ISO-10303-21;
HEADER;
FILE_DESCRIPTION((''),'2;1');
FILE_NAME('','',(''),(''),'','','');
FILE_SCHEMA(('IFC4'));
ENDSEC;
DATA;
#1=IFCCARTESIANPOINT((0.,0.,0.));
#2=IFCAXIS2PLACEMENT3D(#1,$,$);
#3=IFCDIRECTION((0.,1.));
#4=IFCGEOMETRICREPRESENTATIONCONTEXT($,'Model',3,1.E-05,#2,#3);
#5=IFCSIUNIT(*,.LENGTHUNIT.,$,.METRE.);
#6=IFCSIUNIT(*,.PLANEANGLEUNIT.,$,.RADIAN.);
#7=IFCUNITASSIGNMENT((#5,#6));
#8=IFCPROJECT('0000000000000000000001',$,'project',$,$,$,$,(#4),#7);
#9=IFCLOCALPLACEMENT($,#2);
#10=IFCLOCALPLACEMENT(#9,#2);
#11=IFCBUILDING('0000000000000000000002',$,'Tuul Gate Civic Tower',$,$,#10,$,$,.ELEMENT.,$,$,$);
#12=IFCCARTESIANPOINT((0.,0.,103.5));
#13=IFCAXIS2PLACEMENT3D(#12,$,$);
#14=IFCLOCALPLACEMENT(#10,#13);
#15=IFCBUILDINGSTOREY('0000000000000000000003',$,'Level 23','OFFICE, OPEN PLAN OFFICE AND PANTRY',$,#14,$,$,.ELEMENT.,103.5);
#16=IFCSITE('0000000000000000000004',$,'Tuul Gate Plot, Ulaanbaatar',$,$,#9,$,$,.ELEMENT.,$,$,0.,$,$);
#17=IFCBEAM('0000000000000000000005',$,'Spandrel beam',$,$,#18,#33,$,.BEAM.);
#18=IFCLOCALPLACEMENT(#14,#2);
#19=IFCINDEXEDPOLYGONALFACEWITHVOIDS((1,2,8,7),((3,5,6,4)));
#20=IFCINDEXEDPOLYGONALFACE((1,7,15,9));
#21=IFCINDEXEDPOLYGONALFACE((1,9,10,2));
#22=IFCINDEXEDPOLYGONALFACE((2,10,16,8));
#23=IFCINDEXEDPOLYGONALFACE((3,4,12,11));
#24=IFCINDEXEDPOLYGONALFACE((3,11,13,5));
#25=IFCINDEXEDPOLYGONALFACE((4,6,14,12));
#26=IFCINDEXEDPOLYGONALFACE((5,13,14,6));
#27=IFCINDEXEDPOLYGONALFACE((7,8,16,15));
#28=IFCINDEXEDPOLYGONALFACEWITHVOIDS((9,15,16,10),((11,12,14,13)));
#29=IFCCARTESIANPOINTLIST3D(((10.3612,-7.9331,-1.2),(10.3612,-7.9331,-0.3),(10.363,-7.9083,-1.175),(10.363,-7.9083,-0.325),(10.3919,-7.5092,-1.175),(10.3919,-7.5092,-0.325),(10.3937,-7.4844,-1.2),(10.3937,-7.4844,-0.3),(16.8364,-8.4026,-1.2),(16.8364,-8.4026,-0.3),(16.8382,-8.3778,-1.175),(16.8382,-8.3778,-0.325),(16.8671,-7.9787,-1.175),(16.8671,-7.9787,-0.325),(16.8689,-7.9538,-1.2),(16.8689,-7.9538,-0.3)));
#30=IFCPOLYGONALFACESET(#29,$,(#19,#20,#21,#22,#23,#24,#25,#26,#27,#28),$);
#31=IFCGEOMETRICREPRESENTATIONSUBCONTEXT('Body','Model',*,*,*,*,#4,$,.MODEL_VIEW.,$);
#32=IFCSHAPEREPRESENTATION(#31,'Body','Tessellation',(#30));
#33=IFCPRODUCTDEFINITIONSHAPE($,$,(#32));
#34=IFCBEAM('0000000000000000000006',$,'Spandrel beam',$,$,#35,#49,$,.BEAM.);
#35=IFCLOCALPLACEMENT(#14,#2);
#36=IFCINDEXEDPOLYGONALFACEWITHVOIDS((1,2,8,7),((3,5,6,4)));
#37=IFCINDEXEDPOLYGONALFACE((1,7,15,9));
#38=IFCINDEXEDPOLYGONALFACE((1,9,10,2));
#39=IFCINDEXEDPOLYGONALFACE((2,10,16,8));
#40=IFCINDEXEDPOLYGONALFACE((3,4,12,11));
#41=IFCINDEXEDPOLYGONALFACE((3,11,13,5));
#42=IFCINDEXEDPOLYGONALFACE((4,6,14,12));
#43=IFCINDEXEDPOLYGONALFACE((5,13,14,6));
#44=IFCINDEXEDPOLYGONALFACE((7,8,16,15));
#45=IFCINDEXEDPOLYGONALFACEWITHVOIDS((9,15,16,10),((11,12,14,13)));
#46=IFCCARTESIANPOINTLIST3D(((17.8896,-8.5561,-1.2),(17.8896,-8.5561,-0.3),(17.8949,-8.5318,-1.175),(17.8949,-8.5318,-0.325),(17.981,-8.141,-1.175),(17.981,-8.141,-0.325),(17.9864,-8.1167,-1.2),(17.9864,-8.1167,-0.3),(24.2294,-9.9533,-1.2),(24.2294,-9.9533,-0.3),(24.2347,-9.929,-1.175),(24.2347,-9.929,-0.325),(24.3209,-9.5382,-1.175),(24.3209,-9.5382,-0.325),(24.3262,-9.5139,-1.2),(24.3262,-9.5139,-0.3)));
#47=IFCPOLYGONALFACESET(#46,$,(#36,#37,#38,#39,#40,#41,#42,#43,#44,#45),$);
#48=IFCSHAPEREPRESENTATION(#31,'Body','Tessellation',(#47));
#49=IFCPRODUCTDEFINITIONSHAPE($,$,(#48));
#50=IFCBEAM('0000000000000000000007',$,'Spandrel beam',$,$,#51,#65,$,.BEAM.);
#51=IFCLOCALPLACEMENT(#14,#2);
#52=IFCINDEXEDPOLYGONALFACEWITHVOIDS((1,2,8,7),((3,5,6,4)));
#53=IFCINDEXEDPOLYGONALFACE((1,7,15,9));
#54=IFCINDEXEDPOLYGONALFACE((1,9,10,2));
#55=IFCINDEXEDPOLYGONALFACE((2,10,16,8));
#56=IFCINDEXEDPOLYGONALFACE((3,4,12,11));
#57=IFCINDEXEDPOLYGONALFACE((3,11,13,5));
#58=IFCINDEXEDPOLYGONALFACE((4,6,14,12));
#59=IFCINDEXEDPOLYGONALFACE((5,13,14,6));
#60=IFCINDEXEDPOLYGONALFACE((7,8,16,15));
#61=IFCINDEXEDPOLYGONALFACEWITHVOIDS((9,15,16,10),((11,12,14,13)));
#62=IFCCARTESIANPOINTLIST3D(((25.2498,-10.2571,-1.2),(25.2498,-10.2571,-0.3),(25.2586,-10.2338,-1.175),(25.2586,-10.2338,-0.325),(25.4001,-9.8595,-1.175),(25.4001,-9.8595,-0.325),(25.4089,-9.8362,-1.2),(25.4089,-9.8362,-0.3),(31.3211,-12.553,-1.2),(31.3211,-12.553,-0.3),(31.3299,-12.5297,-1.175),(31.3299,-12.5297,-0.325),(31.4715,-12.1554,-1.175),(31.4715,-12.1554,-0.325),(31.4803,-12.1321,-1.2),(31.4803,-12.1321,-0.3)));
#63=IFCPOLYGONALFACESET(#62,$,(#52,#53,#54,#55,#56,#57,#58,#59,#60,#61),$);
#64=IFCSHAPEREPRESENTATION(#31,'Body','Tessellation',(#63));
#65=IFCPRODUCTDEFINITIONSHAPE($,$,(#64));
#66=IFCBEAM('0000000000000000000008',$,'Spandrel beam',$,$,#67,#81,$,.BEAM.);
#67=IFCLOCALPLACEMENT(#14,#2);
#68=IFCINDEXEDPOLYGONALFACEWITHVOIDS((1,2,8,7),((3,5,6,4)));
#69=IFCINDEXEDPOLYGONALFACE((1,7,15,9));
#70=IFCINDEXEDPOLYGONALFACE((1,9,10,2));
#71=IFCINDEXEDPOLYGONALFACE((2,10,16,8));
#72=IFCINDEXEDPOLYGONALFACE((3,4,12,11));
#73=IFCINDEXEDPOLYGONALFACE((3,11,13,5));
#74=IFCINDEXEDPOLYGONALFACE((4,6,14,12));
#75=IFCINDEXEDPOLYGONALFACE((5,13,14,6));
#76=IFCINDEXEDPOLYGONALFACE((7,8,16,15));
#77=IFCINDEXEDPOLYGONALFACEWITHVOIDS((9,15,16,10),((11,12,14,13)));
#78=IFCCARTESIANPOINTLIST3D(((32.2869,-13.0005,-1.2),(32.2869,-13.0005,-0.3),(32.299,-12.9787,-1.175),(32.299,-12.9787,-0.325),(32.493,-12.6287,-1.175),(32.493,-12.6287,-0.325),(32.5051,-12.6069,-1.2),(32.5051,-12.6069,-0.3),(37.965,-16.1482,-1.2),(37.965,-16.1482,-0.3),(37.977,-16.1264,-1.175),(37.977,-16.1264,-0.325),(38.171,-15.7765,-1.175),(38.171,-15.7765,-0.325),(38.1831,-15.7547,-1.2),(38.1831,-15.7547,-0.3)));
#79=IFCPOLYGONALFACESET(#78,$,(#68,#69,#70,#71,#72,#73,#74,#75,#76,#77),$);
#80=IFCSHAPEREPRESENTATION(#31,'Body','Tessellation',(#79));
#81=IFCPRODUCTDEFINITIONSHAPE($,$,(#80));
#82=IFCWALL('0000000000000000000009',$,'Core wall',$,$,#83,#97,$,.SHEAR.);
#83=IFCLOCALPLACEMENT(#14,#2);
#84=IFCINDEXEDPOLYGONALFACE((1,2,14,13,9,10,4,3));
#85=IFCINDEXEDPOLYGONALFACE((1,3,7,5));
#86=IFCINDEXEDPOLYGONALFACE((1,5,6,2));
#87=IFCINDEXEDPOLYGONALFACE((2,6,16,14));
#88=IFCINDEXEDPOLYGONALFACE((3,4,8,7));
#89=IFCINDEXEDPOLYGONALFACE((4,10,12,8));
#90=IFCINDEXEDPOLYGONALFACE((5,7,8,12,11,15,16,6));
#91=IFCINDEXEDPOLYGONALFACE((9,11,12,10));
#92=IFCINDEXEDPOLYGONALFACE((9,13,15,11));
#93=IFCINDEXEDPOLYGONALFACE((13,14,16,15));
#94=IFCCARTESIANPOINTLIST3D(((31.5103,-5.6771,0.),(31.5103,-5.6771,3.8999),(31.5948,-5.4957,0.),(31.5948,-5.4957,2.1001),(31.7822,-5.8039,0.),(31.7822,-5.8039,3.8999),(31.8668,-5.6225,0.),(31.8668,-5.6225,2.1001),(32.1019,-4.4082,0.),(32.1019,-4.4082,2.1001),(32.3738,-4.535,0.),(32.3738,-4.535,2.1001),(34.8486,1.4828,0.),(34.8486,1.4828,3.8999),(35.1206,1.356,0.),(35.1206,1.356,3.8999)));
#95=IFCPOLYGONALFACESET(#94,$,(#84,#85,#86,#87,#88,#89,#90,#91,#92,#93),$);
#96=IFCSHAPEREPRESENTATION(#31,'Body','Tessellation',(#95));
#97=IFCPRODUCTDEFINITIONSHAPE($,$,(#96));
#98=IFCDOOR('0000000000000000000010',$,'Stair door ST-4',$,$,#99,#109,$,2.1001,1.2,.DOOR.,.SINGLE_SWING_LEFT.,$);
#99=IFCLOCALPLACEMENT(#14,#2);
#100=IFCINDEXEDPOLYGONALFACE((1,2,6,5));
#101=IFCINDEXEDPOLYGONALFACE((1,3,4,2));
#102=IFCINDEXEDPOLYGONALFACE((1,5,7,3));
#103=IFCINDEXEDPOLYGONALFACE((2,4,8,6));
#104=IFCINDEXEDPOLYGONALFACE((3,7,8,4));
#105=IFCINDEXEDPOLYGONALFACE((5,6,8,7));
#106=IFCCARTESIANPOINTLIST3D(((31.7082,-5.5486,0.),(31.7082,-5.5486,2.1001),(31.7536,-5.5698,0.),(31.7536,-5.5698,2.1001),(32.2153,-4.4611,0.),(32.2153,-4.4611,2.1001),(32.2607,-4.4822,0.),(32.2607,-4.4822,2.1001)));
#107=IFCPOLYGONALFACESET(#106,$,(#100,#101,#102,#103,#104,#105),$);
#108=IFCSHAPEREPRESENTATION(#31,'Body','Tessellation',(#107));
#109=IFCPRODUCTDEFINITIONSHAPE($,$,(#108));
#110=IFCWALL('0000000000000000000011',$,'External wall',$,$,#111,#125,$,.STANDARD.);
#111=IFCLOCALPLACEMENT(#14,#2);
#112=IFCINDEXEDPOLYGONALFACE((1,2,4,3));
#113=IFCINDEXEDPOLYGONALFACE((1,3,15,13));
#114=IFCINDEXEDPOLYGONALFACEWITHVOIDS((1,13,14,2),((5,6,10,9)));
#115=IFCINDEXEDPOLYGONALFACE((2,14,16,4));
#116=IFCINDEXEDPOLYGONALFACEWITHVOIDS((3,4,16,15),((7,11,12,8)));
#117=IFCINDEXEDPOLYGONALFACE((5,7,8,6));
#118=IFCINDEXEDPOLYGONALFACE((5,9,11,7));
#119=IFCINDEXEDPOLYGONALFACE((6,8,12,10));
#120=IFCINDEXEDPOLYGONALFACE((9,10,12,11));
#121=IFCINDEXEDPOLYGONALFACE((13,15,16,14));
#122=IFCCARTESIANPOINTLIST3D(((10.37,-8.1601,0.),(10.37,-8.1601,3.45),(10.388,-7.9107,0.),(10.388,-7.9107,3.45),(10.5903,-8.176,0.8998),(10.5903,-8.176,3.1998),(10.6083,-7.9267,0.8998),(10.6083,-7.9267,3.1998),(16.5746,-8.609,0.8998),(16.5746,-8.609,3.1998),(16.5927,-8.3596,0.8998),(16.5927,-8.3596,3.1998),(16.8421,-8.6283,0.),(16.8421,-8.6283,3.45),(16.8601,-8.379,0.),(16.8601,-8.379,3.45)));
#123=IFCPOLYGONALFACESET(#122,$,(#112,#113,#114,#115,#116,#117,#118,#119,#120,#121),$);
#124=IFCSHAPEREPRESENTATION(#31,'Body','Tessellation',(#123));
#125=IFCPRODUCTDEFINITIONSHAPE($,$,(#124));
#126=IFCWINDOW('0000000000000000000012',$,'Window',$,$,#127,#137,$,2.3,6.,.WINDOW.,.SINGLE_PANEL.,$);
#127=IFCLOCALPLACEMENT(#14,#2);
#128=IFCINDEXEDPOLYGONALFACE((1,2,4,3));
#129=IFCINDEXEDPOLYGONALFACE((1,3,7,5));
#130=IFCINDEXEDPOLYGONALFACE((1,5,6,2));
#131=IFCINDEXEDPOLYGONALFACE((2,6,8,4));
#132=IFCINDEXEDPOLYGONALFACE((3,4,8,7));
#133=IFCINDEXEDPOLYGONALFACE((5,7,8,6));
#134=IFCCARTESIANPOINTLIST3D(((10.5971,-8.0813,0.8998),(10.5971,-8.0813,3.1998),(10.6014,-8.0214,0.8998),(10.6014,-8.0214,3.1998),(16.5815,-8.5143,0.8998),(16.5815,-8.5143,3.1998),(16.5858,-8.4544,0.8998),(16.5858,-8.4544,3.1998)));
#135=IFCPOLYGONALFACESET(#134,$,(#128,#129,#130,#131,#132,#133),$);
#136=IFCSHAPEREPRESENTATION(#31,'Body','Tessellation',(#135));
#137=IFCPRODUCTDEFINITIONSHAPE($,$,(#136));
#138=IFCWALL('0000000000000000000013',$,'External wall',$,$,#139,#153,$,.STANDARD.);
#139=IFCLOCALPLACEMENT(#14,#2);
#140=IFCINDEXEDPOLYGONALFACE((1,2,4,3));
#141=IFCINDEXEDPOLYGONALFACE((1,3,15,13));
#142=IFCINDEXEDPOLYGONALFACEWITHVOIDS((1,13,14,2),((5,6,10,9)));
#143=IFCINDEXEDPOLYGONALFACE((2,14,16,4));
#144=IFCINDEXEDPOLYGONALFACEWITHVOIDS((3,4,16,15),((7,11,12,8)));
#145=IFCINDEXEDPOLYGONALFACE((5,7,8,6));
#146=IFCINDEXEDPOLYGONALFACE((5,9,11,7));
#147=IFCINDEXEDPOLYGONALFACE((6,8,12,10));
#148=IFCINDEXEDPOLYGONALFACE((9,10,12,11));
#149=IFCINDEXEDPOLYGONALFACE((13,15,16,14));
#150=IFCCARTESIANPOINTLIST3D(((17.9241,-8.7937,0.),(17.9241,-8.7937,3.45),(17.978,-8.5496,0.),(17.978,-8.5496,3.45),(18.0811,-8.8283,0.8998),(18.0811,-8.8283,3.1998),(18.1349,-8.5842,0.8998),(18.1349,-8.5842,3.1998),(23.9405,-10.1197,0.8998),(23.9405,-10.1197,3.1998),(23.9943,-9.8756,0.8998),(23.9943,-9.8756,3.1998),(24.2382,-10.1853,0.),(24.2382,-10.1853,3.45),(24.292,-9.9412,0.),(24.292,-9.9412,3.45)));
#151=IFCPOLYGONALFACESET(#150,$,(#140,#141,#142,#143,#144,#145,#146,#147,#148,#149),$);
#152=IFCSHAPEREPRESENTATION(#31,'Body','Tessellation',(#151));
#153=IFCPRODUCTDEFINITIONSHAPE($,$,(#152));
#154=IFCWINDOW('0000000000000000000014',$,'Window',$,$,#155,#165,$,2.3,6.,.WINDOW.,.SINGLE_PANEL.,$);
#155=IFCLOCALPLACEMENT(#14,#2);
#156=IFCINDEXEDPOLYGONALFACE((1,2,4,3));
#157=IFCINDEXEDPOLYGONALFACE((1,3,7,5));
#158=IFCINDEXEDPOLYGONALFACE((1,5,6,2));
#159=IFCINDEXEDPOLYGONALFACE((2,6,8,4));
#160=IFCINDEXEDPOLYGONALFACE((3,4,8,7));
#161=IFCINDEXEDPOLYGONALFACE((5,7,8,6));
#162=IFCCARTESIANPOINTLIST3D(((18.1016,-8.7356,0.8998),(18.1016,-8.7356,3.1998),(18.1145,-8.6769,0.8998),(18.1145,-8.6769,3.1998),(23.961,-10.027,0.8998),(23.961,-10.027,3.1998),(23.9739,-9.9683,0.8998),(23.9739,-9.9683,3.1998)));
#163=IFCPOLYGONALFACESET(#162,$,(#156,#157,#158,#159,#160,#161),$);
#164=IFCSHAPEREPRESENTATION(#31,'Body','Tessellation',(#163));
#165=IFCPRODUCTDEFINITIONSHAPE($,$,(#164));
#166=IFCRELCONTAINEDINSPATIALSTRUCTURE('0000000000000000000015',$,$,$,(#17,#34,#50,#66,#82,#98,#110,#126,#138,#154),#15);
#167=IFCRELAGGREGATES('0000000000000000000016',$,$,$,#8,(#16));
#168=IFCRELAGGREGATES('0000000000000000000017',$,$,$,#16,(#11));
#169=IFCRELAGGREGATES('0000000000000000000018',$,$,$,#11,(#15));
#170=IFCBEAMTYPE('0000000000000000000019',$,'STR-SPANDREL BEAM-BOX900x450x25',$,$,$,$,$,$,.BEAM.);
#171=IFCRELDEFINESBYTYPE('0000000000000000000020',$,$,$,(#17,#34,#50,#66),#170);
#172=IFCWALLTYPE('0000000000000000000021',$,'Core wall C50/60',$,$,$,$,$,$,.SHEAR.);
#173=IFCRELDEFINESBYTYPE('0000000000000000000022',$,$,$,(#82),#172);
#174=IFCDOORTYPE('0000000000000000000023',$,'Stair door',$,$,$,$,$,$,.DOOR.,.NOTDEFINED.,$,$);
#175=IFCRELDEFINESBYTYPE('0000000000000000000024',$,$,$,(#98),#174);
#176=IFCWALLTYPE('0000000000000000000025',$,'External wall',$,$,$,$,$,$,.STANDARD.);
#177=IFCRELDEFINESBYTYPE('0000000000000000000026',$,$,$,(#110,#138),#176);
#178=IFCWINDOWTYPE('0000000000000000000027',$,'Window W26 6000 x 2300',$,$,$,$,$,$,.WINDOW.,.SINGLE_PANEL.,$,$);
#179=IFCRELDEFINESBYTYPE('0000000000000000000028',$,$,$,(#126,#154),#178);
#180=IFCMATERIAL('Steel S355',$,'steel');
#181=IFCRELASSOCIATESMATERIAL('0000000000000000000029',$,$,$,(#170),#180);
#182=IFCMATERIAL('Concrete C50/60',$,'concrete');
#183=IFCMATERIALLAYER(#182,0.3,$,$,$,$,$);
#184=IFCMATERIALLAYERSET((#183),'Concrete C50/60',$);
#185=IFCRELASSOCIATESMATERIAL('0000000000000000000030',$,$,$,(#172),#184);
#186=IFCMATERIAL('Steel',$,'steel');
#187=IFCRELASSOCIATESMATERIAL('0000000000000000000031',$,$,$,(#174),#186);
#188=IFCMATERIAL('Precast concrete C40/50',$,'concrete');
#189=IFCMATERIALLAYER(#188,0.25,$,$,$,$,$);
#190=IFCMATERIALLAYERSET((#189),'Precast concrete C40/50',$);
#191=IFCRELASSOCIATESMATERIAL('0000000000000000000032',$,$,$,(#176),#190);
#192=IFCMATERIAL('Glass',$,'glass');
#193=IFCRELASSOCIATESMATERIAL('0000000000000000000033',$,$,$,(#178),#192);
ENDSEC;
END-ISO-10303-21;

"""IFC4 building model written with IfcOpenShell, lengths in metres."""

from ifc_helpers import new_model, si_unit, direction, frame, frame_2d, origin, origin_2d, place, context, subcontext, project, spatial, rectangle, hollow_rectangle, extrude, material, layer, layer_set, material_profile, profile_set, type_object, element, fill, save


model = new_model("IFC4")

# Units and contexts
model_context = context("Model", 3, precision=1e-05, world=origin(), true_north=direction((0.0, 1.0)))
body_context = subcontext(model_context, "Body", "Model", "MODEL_VIEW")
ifc_project = project(units=[si_unit("LENGTHUNIT", "METRE"), si_unit("PLANEANGLEUNIT", "RADIAN")], contexts=[model_context])

# Site, building, storey
site_placement = place(None, origin())
site = spatial("IfcSite", under=ifc_project, at=site_placement, Name="Tuul Gate Plot, Ulaanbaatar", CompositionType="ELEMENT", RefElevation=0.0)
building_placement = place(site_placement, origin())
building = spatial("IfcBuilding", under=site, at=building_placement, Name="Tuul Gate Civic Tower", CompositionType="ELEMENT")
storey_placement = place(building_placement, frame((0.0, 0.0, 103.5)))
storey = spatial("IfcBuildingStorey", under=building, at=storey_placement, Name="Level 23", Description="OFFICE, OPEN PLAN OFFICE AND PANTRY", CompositionType="ELEMENT", Elevation=103.5)

# Beams
ifc_material_1 = material(Name="Steel S355", Category="steel")
ifc_material_profile_1 = material_profile(ifc_material_1, hollow_rectangle(XDim=0.45, YDim=0.8999, WallThickness=0.0249, at=origin_2d()), Name="BOX900x450x25")
ifc_profile_set_1 = profile_set([ifc_material_profile_1], Name="Steel S355")
beam_type_1 = type_object("IfcBeamType", Name="STR-SPANDREL BEAM-BOX900x450x25", PredefinedType="BEAM", material=ifc_profile_set_1)
beam_1_placement = place(storey_placement, frame((10.3774, -7.7087, -0.75), z_axis=(0.997382, -0.072316, 0.0), x_axis=(0.072316, 0.997382, 0.0)))
element("IfcBeam", 1, at=beam_1_placement, inside=storey, type_object=beam_type_1, Name="Spandrel beam", PredefinedType="BEAM", context=body_context, shape_type="SweptSolid", body=[
    extrude(hollow_rectangle(XDim=0.45, YDim=0.8999, WallThickness=0.0249, at=origin_2d()), origin(), (0.0, 0.0, 1.0), 6.4922),
])
beam_2_placement = place(storey_placement, frame((17.938, -8.3364, -0.75), z_axis=(0.976565, -0.215222, 0.0), x_axis=(0.215222, 0.976565, 0.0)))
element("IfcBeam", 2, at=beam_2_placement, inside=storey, type_object=beam_type_1, Name="Spandrel beam", PredefinedType="BEAM", context=body_context, shape_type="SweptSolid", body=[
    extrude(hollow_rectangle(XDim=0.45, YDim=0.8999, WallThickness=0.0249, at=origin_2d()), origin(), (0.0, 0.0, 1.0), 6.4919),
])
beam_3_placement = place(storey_placement, frame((25.3293, -10.0466, -0.75), z_axis=(0.935355, -0.353711, 0.0), x_axis=(0.353711, 0.935355, 0.0)))
element("IfcBeam", 3, at=beam_3_placement, inside=storey, type_object=beam_type_1, Name="Spandrel beam", PredefinedType="BEAM", context=body_context, shape_type="SweptSolid", body=[
    extrude(hollow_rectangle(XDim=0.45, YDim=0.8999, WallThickness=0.0249, at=origin_2d()), origin(), (0.0, 0.0, 1.0), 6.491),
])
beam_4_placement = place(storey_placement, frame((32.396, -12.8037, -0.75), z_axis=(0.874597, -0.484851, 0.0), x_axis=(0.484851, 0.874597, 0.0)))
element("IfcBeam", 4, at=beam_4_placement, inside=storey, type_object=beam_type_1, Name="Spandrel beam", PredefinedType="BEAM", context=body_context, shape_type="SweptSolid", body=[
    extrude(hollow_rectangle(XDim=0.45, YDim=0.8999, WallThickness=0.0249, at=origin_2d()), origin(), (0.0, 0.0, 1.0), 6.4922),
])

# Wall, opening, door
ifc_material_2 = material(Name="Concrete C50/60", Category="concrete")
ifc_layer_1 = layer(ifc_material_2, 0.3)
ifc_layer_set_1 = layer_set([ifc_layer_1], Name="Concrete C50/60")
wall_type_1 = type_object("IfcWallType", Name="Core wall C50/60", PredefinedType="SHEAR", material=ifc_layer_set_1)
wall_1_placement = place(storey_placement, frame((31.6462, -5.7405, 0.0), z_axis=(0.0, 0.0, 1.0), x_axis=(0.422583, 0.906324, 0.0)))
wall_1 = element("IfcWall", 5, at=wall_1_placement, inside=storey, type_object=wall_type_1, Name="Core wall", PredefinedType="SHEAR", context=body_context, shape_type="SweptSolid", body=[
    extrude(rectangle(XDim=7.8999, YDim=0.3, at=frame_2d((3.95, 0.0))), origin(), (0.0, 0.0, 1.0), 3.8999),
])
opening_1_placement = place(wall_1_placement, frame((0.2, 0.0, 0.0)))
opening_1 = element("IfcOpeningElement", 6, at=opening_1_placement, cuts=wall_1, PredefinedType="OPENING", context=body_context, shape_type="SweptSolid", body=[
    extrude(rectangle(XDim=1.2, YDim=2.1001, at=frame_2d((0.6001, 1.05))), frame((0.0, 0.1602, 0.0), z_axis=(0.0, -1.0, 0.0), x_axis=(1.0, 0.0, 0.0)), (0.0, 0.0, 1.0), 0.3201),
])
ifc_material_3 = material(Name="Steel", Category="steel")
door_type = type_object("IfcDoorType", Name="Stair door", OperationType="NOTDEFINED", PredefinedType="DOOR", material=ifc_material_3)
door_placement = place(opening_1_placement, origin())
door = element("IfcDoor", 7, at=door_placement, inside=storey, type_object=door_type, Name="Stair door ST-4", OperationType="SINGLE_SWING_LEFT", OverallHeight=2.1001, OverallWidth=1.2, PredefinedType="DOOR", context=body_context, shape_type="SweptSolid", body=[
    extrude(rectangle(XDim=1.2, YDim=2.1001, at=frame_2d((0.6001, 1.05))), frame((0.0, 0.0249, 0.0), z_axis=(0.0, -1.0, 0.0), x_axis=(1.0, 0.0, 0.0)), (0.0, 0.0, 1.0), 0.05),
])
fill(opening_1, door)

# Walls, openings, windows
ifc_material_4 = material(Name="Precast concrete C40/50", Category="concrete")
ifc_layer_2 = layer(ifc_material_4, 0.25)
ifc_layer_set_2 = layer_set([ifc_layer_2], Name="Precast concrete C40/50")
wall_type_2 = type_object("IfcWallType", Name="External wall", PredefinedType="STANDARD", material=ifc_layer_set_2)
wall_2_placement = place(storey_placement, frame((10.3789, -8.0354, 0.0), z_axis=(0.0, 0.0, 1.0), x_axis=(0.997393, -0.072161, 0.0)))
wall_2 = element("IfcWall", 8, at=wall_2_placement, inside=storey, type_object=wall_type_2, Name="External wall", PredefinedType="STANDARD", context=body_context, shape_type="SweptSolid", body=[
    extrude(rectangle(XDim=6.489, YDim=0.25, at=frame_2d((3.2446, 0.0))), origin(), (0.0, 0.0, 1.0), 3.45),
])
opening_2_placement = place(wall_2_placement, frame((0.2209, 0.0, 0.8999)))
opening_2 = element("IfcOpeningElement", 9, at=opening_2_placement, cuts=wall_2, PredefinedType="OPENING", context=body_context, shape_type="SweptSolid", body=[
    extrude(rectangle(XDim=6.0, YDim=2.3, at=frame_2d((3.0, 1.1499))), frame((0.0, 0.135, 0.0), z_axis=(0.0, -1.0, 0.0), x_axis=(1.0, 0.0, 0.0)), (0.0, 0.0, 1.0), 0.27),
])
ifc_material_5 = material(Name="Glass", Category="glass")
window_type = type_object("IfcWindowType", Name="Window W26 6000 x 2300", PartitioningType="SINGLE_PANEL", PredefinedType="WINDOW", material=ifc_material_5)
window_1_placement = place(opening_2_placement, origin())
window_1 = element("IfcWindow", 10, at=window_1_placement, inside=storey, type_object=window_type, Name="Window", OverallHeight=2.3, OverallWidth=6.0, PartitioningType="SINGLE_PANEL", PredefinedType="WINDOW", context=body_context, shape_type="SweptSolid", body=[
    extrude(rectangle(XDim=6.0, YDim=2.3, at=frame_2d((3.0, 1.1499))), frame((0.0, 0.03, 0.0), z_axis=(0.0, -1.0, 0.0), x_axis=(1.0, 0.0, 0.0)), (0.0, 0.0, 1.0), 0.0601),
])
fill(opening_2, window_1)
wall_3_placement = place(storey_placement, frame((17.9509, -8.6716, 0.0), z_axis=(0.0, 0.0, 1.0), x_axis=(0.976562, -0.215235, 0.0)))
wall_3 = element("IfcWall", 11, at=wall_3_placement, inside=storey, type_object=wall_type_2, Name="External wall", PredefinedType="STANDARD", context=body_context, shape_type="SweptSolid", body=[
    extrude(rectangle(XDim=6.4656, YDim=0.25, at=frame_2d((3.2329, 0.0))), origin(), (0.0, 0.0, 1.0), 3.45),
])
opening_3_placement = place(wall_3_placement, frame((0.1609, 0.0, 0.8999)))
opening_3 = element("IfcOpeningElement", 12, at=opening_3_placement, cuts=wall_3, PredefinedType="OPENING", context=body_context, shape_type="SweptSolid", body=[
    extrude(rectangle(XDim=6.0, YDim=2.3, at=frame_2d((3.0, 1.1499))), frame((0.0, 0.135, 0.0), z_axis=(0.0, -1.0, 0.0), x_axis=(1.0, 0.0, 0.0)), (0.0, 0.0, 1.0), 0.27),
])
window_2_placement = place(opening_3_placement, origin())
window_2 = element("IfcWindow", 13, at=window_2_placement, inside=storey, type_object=window_type, Name="Window", OverallHeight=2.3, OverallWidth=6.0, PartitioningType="SINGLE_PANEL", PredefinedType="WINDOW", context=body_context, shape_type="SweptSolid", body=[
    extrude(rectangle(XDim=6.0, YDim=2.3, at=frame_2d((3.0, 1.1499))), frame((0.0, 0.03, 0.0), z_axis=(0.0, -1.0, 0.0), x_axis=(1.0, 0.0, 0.0)), (0.0, 0.0, 1.0), 0.0601),
])
fill(opening_3, window_2)

save(model, "model.ifc")
